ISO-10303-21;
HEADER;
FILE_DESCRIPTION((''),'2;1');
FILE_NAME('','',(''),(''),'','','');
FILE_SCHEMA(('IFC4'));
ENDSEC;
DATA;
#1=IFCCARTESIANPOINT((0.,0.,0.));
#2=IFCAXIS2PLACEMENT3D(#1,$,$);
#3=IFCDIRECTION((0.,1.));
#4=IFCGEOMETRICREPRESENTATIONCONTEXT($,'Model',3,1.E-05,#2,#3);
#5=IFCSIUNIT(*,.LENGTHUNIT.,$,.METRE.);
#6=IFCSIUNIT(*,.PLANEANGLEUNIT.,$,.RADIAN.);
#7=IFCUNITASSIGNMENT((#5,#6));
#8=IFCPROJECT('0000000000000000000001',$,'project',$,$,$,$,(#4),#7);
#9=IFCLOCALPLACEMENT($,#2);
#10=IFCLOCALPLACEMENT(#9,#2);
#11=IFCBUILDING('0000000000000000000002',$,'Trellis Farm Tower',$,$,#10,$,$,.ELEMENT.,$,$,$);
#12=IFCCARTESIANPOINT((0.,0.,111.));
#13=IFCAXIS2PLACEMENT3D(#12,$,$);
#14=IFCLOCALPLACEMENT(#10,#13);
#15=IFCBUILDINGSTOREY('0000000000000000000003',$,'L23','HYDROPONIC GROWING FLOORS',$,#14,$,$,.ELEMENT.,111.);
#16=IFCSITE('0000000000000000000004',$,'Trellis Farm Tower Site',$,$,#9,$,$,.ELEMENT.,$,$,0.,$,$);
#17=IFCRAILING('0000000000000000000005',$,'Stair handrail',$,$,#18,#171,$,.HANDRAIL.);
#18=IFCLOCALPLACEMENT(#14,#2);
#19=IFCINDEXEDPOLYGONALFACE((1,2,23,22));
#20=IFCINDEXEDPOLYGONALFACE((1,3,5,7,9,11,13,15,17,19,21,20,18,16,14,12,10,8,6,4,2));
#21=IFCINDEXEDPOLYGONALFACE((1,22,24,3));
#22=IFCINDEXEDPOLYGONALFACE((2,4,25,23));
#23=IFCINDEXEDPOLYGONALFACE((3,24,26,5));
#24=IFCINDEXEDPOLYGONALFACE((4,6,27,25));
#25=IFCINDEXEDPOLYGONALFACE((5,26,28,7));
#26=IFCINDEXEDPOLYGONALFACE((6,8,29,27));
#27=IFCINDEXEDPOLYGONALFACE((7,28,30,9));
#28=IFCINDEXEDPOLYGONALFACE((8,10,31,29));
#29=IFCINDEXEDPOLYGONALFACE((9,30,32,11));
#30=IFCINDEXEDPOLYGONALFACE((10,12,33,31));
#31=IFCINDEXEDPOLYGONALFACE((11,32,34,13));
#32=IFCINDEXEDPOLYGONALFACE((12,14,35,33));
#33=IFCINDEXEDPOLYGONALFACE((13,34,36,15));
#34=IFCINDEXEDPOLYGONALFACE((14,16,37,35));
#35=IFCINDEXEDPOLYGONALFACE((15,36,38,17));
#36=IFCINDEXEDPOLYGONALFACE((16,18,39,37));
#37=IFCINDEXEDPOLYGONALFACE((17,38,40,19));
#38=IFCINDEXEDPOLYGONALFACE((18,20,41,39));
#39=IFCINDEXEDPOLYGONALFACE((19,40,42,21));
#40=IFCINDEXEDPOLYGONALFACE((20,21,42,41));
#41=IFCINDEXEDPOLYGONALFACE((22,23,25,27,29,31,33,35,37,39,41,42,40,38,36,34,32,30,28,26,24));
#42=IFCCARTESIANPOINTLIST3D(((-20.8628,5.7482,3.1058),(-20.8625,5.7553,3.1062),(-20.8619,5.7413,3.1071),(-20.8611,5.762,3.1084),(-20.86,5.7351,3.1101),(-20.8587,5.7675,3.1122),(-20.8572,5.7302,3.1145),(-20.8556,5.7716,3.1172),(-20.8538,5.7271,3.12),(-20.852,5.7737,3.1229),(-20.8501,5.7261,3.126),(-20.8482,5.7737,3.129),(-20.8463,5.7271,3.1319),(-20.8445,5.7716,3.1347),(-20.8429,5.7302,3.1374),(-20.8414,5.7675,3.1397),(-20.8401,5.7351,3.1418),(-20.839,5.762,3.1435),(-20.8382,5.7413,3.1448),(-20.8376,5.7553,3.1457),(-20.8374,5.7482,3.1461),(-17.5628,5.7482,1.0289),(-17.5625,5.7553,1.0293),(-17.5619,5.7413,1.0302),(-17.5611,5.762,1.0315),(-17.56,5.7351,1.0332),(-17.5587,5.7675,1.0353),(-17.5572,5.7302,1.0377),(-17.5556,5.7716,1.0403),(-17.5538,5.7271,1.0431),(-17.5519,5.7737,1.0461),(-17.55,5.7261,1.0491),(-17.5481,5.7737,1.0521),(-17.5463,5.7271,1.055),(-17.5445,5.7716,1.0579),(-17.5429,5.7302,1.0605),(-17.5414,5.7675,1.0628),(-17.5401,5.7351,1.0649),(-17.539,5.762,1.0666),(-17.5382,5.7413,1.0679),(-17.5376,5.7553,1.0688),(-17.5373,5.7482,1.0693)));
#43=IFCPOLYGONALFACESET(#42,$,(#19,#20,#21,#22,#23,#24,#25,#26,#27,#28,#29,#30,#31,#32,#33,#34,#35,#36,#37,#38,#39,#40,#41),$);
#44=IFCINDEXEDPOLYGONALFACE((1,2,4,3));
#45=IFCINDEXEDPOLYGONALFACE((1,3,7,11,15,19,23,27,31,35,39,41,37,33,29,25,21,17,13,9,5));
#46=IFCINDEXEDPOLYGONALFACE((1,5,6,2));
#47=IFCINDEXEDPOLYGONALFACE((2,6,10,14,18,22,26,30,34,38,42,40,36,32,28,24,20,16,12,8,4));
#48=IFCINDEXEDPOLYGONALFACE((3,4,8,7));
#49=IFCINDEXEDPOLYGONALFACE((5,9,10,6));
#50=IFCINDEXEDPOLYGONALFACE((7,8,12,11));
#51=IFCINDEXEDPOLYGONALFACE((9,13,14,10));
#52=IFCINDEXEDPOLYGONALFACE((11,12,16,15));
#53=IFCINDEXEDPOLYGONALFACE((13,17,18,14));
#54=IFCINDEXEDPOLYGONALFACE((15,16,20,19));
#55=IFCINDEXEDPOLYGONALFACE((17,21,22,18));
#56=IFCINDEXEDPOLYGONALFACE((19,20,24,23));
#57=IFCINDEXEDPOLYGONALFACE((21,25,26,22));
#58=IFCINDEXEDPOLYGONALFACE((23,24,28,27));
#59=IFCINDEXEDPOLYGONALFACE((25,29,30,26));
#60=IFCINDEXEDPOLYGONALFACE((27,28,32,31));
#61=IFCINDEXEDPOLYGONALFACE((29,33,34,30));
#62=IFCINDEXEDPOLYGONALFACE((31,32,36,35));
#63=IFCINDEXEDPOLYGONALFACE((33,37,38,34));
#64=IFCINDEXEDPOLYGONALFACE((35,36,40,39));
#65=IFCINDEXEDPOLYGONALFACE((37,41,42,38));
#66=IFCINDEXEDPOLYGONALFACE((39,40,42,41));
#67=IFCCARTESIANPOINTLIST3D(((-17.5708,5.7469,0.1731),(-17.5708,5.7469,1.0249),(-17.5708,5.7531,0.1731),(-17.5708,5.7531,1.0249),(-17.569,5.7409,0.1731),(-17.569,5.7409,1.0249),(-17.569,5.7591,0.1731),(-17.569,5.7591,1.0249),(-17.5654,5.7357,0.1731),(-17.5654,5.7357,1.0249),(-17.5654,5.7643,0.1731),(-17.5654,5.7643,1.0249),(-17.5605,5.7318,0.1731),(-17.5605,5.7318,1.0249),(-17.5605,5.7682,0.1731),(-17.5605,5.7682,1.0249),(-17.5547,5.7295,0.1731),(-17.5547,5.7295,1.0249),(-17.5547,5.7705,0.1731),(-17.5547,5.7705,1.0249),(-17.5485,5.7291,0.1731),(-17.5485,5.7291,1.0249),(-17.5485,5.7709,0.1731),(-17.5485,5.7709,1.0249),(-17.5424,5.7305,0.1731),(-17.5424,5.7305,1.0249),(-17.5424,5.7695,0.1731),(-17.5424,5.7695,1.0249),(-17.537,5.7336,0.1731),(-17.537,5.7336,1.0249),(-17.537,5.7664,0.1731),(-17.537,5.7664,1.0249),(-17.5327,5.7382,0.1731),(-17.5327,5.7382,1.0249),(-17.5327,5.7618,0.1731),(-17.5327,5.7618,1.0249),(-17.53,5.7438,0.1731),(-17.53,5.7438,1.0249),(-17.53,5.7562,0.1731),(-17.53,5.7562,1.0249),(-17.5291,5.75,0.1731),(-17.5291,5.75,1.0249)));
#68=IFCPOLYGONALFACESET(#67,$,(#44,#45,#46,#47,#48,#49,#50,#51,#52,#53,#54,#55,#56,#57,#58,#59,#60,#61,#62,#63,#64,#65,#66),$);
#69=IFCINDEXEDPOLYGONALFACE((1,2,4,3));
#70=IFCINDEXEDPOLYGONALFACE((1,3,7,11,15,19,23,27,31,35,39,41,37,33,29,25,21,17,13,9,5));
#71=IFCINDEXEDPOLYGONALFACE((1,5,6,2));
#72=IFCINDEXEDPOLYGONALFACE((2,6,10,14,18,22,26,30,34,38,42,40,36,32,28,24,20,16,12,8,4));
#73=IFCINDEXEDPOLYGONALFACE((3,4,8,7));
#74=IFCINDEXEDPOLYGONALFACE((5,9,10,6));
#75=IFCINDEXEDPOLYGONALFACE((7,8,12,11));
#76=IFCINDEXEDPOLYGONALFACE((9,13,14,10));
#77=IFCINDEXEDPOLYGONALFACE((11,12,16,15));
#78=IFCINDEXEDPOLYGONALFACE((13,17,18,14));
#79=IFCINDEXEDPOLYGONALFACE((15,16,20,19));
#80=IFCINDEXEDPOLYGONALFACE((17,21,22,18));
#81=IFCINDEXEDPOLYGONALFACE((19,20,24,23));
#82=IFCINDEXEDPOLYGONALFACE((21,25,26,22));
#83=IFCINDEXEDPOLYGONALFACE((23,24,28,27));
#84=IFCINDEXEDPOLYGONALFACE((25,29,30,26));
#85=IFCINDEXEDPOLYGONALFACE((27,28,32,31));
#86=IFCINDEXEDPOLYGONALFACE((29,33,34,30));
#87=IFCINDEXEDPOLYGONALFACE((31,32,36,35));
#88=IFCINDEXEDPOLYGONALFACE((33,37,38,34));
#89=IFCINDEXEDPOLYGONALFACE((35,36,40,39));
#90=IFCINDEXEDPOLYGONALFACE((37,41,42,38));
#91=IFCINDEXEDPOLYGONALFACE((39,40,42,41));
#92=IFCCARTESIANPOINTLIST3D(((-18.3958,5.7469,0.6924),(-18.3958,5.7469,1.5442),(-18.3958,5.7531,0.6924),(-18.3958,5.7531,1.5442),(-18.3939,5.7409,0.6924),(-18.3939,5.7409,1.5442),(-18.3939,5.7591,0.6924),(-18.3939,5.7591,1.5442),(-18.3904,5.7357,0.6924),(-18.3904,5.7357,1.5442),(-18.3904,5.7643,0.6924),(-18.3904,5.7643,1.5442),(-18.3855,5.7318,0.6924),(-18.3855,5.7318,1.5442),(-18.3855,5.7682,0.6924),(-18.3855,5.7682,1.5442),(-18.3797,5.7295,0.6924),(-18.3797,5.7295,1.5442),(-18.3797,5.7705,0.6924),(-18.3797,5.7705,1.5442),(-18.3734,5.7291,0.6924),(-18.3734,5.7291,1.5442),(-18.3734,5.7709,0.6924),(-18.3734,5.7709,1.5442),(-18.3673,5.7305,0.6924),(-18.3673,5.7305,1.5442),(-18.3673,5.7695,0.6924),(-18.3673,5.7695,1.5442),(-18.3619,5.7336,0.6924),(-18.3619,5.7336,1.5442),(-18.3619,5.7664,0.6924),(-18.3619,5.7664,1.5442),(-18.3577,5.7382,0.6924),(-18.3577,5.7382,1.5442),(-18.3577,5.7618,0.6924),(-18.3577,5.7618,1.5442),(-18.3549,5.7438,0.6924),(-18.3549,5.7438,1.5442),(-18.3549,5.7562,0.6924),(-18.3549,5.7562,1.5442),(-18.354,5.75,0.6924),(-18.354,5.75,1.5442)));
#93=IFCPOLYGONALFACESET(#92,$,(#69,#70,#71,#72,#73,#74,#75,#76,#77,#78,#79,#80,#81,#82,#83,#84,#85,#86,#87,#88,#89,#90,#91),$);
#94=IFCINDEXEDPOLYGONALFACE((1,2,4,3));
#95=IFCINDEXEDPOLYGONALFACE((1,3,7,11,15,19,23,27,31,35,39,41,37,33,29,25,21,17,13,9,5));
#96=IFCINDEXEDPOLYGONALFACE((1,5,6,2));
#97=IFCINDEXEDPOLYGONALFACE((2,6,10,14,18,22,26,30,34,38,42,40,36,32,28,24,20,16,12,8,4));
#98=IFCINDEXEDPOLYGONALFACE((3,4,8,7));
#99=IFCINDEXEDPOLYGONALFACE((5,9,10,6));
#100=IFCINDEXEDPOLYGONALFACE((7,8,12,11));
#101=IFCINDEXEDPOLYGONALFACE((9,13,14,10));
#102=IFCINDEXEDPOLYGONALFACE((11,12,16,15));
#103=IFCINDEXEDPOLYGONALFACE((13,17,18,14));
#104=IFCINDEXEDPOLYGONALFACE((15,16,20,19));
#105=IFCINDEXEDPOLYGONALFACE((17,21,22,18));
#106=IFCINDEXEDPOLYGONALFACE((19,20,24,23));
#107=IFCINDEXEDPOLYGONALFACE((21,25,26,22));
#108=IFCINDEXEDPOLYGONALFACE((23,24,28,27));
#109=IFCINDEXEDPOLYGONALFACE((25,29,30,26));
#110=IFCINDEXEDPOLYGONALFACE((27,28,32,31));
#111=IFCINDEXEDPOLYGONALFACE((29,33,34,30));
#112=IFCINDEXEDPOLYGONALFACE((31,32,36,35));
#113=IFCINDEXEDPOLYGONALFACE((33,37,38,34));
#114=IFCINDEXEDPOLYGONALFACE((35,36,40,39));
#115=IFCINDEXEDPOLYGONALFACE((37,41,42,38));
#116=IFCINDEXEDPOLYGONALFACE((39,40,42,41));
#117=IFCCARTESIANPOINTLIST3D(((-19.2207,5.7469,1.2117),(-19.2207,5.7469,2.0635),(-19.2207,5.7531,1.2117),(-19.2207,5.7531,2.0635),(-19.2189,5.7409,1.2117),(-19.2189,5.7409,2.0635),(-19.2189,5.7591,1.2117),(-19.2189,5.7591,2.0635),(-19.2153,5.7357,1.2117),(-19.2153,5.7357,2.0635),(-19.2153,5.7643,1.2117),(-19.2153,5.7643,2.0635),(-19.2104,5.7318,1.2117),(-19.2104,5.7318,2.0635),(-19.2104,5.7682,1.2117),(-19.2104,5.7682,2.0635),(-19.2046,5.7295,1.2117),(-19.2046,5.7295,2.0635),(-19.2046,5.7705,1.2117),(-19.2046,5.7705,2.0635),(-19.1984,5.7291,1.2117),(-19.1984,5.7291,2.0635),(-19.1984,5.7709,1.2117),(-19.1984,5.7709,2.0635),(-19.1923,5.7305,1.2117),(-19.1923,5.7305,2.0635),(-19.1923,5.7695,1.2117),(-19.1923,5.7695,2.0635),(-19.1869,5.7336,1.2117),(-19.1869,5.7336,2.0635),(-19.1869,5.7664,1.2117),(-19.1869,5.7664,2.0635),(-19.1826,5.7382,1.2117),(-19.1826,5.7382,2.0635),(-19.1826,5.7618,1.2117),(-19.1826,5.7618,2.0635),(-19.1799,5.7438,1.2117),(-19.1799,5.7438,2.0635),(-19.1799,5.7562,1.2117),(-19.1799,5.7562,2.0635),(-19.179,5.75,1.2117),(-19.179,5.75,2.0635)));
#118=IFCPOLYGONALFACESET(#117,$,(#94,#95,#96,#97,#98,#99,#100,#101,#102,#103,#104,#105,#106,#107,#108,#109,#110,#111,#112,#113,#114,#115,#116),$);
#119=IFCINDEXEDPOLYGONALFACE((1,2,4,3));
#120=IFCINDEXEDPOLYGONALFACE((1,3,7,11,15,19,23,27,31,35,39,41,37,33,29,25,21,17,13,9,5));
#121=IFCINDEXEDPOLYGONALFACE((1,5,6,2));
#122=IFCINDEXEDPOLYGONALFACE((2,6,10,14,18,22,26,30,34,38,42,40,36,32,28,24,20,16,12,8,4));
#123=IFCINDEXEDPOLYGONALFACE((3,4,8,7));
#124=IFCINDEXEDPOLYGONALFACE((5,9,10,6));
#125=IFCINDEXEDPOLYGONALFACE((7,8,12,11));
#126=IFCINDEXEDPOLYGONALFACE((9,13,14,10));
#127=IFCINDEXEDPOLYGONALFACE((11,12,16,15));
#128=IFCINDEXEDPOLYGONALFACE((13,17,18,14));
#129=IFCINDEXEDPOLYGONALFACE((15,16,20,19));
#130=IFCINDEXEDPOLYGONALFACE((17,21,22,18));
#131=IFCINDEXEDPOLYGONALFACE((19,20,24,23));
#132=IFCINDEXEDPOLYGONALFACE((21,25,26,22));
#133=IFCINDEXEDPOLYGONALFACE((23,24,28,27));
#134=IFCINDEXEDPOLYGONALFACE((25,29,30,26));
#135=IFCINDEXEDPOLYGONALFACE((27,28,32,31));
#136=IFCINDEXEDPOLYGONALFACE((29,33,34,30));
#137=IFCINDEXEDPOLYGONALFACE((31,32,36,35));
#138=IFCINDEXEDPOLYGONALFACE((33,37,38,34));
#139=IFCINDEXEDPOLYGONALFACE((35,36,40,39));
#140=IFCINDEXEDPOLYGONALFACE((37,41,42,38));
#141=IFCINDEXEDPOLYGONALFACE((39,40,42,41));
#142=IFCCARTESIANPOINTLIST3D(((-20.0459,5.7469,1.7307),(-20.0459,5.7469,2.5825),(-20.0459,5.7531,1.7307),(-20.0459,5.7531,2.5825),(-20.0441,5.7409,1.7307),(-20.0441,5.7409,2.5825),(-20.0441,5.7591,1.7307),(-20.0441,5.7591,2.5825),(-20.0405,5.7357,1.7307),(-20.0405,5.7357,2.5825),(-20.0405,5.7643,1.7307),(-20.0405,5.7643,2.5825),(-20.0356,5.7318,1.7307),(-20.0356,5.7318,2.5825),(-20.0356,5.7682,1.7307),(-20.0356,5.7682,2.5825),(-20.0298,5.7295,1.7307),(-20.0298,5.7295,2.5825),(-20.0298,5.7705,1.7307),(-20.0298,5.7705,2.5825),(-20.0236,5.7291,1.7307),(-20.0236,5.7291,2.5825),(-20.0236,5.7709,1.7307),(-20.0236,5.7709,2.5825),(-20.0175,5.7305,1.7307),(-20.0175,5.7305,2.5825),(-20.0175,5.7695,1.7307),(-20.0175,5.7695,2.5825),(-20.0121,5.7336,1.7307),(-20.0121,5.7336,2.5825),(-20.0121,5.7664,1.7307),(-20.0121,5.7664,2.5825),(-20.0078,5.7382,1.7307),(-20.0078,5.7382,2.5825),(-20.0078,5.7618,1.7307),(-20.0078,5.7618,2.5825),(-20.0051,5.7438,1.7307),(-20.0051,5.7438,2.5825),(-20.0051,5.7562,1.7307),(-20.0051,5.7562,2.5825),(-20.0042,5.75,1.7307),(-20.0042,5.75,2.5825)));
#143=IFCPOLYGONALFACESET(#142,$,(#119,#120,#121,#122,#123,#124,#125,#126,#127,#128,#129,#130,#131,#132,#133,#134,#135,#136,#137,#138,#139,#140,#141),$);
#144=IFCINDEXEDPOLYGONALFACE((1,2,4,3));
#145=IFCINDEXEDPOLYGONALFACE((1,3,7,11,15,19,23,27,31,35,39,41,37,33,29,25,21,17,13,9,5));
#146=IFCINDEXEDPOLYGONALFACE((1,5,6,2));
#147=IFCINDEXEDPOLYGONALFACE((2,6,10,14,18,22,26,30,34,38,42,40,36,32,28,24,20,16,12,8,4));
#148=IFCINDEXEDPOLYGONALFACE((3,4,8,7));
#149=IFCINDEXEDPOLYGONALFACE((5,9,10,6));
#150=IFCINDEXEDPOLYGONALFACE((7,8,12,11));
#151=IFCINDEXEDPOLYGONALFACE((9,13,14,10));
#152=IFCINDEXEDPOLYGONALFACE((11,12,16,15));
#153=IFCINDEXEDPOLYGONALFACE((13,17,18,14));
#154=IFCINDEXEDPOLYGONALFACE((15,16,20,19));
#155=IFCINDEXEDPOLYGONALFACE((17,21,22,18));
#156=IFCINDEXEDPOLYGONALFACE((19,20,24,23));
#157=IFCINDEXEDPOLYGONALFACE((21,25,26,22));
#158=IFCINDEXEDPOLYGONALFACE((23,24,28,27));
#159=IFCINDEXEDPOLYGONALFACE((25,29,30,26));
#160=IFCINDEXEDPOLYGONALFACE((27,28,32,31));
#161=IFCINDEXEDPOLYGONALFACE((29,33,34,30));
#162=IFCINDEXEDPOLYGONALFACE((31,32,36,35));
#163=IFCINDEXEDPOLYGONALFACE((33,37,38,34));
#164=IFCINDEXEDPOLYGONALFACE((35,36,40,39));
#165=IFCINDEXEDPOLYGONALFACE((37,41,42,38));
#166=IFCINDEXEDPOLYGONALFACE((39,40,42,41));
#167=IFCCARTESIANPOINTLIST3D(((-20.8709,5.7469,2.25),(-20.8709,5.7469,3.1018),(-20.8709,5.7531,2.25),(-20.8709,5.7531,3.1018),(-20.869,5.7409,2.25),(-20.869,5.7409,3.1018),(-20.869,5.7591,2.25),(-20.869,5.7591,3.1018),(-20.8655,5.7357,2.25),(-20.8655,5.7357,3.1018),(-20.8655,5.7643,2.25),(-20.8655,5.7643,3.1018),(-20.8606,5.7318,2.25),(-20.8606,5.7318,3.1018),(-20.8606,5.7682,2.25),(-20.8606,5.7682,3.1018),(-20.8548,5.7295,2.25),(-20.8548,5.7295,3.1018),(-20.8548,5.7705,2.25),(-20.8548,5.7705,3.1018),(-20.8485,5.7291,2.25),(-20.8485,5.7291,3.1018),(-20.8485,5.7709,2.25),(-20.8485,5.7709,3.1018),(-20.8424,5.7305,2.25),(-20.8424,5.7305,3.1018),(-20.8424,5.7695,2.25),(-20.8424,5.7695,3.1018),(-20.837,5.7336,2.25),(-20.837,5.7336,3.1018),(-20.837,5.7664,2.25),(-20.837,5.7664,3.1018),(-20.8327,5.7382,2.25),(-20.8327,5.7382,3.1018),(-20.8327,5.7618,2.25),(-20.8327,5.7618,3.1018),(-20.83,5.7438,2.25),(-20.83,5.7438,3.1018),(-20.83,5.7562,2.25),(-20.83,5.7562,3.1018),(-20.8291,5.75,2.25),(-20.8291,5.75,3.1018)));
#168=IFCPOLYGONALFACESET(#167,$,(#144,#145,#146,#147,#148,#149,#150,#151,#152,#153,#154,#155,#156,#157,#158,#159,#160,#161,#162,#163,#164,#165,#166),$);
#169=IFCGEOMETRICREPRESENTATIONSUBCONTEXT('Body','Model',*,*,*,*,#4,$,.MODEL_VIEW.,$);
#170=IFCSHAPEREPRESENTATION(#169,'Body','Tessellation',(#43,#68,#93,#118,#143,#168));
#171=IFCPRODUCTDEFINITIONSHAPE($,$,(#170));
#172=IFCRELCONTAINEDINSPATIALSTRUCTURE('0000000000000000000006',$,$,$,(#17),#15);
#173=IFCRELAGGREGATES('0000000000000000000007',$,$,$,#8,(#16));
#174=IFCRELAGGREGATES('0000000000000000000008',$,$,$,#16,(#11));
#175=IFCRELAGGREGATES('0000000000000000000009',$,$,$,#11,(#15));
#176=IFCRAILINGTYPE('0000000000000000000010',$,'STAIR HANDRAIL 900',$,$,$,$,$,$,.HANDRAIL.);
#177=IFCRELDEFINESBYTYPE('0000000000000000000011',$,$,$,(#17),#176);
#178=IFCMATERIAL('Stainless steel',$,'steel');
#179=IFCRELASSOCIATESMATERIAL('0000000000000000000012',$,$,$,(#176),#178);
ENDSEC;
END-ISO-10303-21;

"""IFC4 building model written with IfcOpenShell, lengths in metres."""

from ifc_helpers import new_model, si_unit, direction, frame, origin, origin_2d, place, context, subcontext, project, spatial, circle, extrude, source, transform, mapped, material, type_object, element, save


model = new_model("IFC4")

# Units and contexts
model_context = context("Model", 3, precision=1e-05, world=origin(), true_north=direction((0.0, 1.0)))
body_context = subcontext(model_context, "Body", "Model", "MODEL_VIEW")
ifc_project = project(units=[si_unit("LENGTHUNIT", "METRE"), si_unit("PLANEANGLEUNIT", "RADIAN")], contexts=[model_context])

# Site, building, storey
site_placement = place(None, origin())
site = spatial("IfcSite", under=ifc_project, at=site_placement, Name="Trellis Farm Tower Site", CompositionType="ELEMENT", RefElevation=0.0)
building_placement = place(site_placement, origin())
building = spatial("IfcBuilding", under=site, at=building_placement, Name="Trellis Farm Tower", CompositionType="ELEMENT")
storey_placement = place(building_placement, frame((0.0, 0.0, 111.0)))
storey = spatial("IfcBuildingStorey", under=building, at=storey_placement, Name="L23", Description="HYDROPONIC GROWING FLOORS", CompositionType="ELEMENT", Elevation=111.0)

# Railing
ifc_material_1 = material(Name="Stainless steel", Category="steel")
railing_type = type_object("IfcRailingType", Name="STAIR HANDRAIL 900", PredefinedType="HANDRAIL", material=ifc_material_1)
shared_shape_1 = source(origin(), body_context, "Body", "SweptSolid", [
    extrude(circle(Radius=0.0239, at=origin_2d()), frame((0.0, 0.0, 0.876), z_axis=(-0.846337, 0.0, 0.532647), x_axis=(0.0, -1.0, 0.0)), (0.0, 0.0, 1.0), 3.8992),
    extrude(circle(Radius=0.021, at=origin_2d()), origin(), (0.0, 0.0, 1.0), 0.8518),
    extrude(circle(Radius=0.021, at=origin_2d()), frame((-0.825, 0.0, 0.5193)), (0.0, 0.0, 1.0), 0.8518),
    extrude(circle(Radius=0.021, at=origin_2d()), frame((-1.6499, 0.0, 1.0386)), (0.0, 0.0, 1.0), 0.8518),
    extrude(circle(Radius=0.021, at=origin_2d()), frame((-2.4751, 0.0, 1.5576)), (0.0, 0.0, 1.0), 0.8518),
    extrude(circle(Radius=0.021, at=origin_2d()), frame((-3.3, 0.0, 2.0769)), (0.0, 0.0, 1.0), 0.8518),
])
for number, where, name in (
    (1, (-17.55, 5.75, 0.1731), "Stair handrail"),
):
    element("IfcRailing", number, at=place(storey_placement, frame(where)), inside=storey, type_object=railing_type, Name=name, PredefinedType="HANDRAIL", context=body_context, shape_type="MappedRepresentation", body=[
        mapped(shared_shape_1, transform((0.0, 0.0, 0.0))),
    ])

save(model, "model.ifc")
